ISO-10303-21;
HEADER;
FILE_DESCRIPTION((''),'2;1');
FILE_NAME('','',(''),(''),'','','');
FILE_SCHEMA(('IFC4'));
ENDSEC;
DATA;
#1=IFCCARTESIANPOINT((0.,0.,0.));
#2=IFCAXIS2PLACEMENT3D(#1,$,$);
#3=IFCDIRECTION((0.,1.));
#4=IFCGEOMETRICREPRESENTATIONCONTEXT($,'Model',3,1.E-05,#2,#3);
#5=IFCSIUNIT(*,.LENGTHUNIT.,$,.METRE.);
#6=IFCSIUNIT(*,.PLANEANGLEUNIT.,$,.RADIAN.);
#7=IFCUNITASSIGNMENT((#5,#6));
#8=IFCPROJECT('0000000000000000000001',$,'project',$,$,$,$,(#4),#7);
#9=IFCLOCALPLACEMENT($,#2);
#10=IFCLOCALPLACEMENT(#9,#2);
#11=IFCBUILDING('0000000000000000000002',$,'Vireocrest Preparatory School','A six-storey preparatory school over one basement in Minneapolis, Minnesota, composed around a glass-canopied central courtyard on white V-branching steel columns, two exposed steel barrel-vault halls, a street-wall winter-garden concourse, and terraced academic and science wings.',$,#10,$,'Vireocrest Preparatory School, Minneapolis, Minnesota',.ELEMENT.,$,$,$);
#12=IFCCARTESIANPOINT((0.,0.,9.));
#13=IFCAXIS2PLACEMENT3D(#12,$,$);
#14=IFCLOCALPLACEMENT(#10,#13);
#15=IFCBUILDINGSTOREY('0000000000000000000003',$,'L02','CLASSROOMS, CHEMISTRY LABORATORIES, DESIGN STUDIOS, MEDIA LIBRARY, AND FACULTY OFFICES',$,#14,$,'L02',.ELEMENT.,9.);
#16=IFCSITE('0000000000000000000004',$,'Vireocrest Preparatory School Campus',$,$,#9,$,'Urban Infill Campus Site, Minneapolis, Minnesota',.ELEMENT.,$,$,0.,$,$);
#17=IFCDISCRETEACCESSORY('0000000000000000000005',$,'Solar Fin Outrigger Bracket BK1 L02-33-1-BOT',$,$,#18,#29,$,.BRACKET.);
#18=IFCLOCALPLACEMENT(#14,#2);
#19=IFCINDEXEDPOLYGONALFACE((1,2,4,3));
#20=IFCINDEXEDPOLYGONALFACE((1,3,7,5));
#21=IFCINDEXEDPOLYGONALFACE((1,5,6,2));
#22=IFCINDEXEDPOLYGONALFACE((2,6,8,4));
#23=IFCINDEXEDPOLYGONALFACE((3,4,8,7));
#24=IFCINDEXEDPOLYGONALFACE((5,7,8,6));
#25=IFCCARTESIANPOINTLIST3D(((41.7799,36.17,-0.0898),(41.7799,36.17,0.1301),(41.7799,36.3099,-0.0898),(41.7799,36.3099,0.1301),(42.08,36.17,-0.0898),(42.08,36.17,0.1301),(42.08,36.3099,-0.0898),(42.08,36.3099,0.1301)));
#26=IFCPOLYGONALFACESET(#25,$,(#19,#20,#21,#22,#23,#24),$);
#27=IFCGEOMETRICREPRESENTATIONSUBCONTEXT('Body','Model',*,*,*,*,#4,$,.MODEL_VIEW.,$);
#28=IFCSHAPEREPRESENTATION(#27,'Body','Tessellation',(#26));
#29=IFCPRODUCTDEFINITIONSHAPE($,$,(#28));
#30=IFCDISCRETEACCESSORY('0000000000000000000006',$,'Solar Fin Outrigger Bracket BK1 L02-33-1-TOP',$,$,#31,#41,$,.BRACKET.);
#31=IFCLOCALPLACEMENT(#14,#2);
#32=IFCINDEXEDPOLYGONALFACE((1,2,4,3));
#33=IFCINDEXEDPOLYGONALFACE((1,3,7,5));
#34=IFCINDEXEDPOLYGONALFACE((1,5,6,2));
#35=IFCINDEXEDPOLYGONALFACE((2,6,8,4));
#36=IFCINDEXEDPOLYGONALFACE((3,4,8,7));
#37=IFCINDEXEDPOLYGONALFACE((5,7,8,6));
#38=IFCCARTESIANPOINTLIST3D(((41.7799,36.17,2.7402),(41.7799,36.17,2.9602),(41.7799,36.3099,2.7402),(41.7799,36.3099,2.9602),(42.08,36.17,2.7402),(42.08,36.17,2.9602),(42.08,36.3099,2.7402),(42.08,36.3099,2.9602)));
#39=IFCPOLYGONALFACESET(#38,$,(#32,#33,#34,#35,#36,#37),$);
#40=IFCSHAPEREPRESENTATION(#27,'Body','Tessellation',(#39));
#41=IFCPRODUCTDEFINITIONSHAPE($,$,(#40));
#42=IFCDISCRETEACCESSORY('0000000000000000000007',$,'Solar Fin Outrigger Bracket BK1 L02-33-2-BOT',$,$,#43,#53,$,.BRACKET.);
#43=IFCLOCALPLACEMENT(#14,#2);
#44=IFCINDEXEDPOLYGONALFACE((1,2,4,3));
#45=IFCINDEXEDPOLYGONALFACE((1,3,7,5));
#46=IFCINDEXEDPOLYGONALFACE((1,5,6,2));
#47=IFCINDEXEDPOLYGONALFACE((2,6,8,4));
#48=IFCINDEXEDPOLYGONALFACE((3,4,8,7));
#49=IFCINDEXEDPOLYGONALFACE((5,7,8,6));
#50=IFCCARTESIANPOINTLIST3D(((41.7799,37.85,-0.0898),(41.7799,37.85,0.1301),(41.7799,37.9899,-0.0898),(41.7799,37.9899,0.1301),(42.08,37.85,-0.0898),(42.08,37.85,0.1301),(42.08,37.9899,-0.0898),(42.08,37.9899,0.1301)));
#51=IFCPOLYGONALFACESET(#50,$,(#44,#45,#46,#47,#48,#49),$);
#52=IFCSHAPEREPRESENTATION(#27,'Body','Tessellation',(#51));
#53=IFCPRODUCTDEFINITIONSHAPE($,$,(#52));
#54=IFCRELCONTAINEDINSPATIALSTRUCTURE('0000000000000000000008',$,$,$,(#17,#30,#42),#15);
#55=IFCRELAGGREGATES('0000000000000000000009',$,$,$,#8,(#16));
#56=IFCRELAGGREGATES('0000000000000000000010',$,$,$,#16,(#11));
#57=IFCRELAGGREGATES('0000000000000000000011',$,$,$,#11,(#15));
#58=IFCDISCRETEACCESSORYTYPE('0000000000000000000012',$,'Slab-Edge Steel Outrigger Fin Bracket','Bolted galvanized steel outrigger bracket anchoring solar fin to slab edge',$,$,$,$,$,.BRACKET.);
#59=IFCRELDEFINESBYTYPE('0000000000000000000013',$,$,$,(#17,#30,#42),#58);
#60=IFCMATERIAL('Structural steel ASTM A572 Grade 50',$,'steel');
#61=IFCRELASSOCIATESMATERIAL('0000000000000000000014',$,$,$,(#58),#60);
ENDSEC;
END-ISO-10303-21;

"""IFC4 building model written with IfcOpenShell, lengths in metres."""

from ifc_helpers import new_model, si_unit, direction, frame, origin, origin_2d, place, context, subcontext, project, spatial, rectangle, extrude, material, type_object, element, save


model = new_model("IFC4")

# Units and contexts
model_context = context("Model", 3, precision=1e-05, world=origin(), true_north=direction((0.0, 1.0)))
body_context = subcontext(model_context, "Body", "Model", "MODEL_VIEW")
ifc_project = project(units=[si_unit("LENGTHUNIT", "METRE"), si_unit("PLANEANGLEUNIT", "RADIAN")], contexts=[model_context])

# Site, building, storey
site_placement = place(None, origin())
site = spatial("IfcSite", under=ifc_project, at=site_placement, Name="Vireocrest Preparatory School Campus", LongName="Urban Infill Campus Site, Minneapolis, Minnesota", CompositionType="ELEMENT", RefElevation=0.0)
building_placement = place(site_placement, origin())
building = spatial("IfcBuilding", under=site, at=building_placement, Name="Vireocrest Preparatory School", Description="A six-storey preparatory school over one basement in Minneapolis, Minnesota, composed around a glass-canopied central courtyard on white V-branching steel columns, two exposed steel barrel-vault halls, a street-wall winter-garden concourse, and terraced academic and science wings.", LongName="Vireocrest Preparatory School, Minneapolis, Minnesota", CompositionType="ELEMENT")
storey_placement = place(building_placement, frame((0.0, 0.0, 9.0)))
storey = spatial("IfcBuildingStorey", under=building, at=storey_placement, Name="L02", Description="CLASSROOMS, CHEMISTRY LABORATORIES, DESIGN STUDIOS, MEDIA LIBRARY, AND FACULTY OFFICES", LongName="L02", CompositionType="ELEMENT", Elevation=9.0)

# Shared definitions
ifc_material_1 = material(Name="Structural steel ASTM A572 Grade 50", Category="steel")

# Discrete accessories
discrete_accessory_type = type_object("IfcDiscreteAccessoryType", Name="Slab-Edge Steel Outrigger Fin Bracket", Description="Bolted galvanized steel outrigger bracket anchoring solar fin to slab edge", PredefinedType="BRACKET", material=ifc_material_1)
for number, where, z_axis, x_axis, name in (
    (1, (41.9299, 36.24, -0.0898), (0.0, 0.0, 1.0), (0.0, 1.0, 0.0), "Solar Fin Outrigger Bracket BK1 L02-33-1-BOT"),
    (2, (41.9299, 36.24, 2.7402), (0.0, 0.0, 1.0), (0.0, 1.0, 0.0), "Solar Fin Outrigger Bracket BK1 L02-33-1-TOP"),
    (3, (41.9299, 37.9199, -0.0898), (0.0, 0.0, 1.0), (0.0, 1.0, 0.0), "Solar Fin Outrigger Bracket BK1 L02-33-2-BOT"),
):
    element("IfcDiscreteAccessory", number, at=place(storey_placement, frame(where, z_axis=z_axis, x_axis=x_axis)), inside=storey, type_object=discrete_accessory_type, Name=name, PredefinedType="BRACKET", context=body_context, shape_type="SweptSolid", body=[
        extrude(rectangle(XDim=0.1399, YDim=0.3, at=origin_2d()), origin(), (0.0, 0.0, 1.0), 0.22),
    ])

save(model, "model.ifc")
